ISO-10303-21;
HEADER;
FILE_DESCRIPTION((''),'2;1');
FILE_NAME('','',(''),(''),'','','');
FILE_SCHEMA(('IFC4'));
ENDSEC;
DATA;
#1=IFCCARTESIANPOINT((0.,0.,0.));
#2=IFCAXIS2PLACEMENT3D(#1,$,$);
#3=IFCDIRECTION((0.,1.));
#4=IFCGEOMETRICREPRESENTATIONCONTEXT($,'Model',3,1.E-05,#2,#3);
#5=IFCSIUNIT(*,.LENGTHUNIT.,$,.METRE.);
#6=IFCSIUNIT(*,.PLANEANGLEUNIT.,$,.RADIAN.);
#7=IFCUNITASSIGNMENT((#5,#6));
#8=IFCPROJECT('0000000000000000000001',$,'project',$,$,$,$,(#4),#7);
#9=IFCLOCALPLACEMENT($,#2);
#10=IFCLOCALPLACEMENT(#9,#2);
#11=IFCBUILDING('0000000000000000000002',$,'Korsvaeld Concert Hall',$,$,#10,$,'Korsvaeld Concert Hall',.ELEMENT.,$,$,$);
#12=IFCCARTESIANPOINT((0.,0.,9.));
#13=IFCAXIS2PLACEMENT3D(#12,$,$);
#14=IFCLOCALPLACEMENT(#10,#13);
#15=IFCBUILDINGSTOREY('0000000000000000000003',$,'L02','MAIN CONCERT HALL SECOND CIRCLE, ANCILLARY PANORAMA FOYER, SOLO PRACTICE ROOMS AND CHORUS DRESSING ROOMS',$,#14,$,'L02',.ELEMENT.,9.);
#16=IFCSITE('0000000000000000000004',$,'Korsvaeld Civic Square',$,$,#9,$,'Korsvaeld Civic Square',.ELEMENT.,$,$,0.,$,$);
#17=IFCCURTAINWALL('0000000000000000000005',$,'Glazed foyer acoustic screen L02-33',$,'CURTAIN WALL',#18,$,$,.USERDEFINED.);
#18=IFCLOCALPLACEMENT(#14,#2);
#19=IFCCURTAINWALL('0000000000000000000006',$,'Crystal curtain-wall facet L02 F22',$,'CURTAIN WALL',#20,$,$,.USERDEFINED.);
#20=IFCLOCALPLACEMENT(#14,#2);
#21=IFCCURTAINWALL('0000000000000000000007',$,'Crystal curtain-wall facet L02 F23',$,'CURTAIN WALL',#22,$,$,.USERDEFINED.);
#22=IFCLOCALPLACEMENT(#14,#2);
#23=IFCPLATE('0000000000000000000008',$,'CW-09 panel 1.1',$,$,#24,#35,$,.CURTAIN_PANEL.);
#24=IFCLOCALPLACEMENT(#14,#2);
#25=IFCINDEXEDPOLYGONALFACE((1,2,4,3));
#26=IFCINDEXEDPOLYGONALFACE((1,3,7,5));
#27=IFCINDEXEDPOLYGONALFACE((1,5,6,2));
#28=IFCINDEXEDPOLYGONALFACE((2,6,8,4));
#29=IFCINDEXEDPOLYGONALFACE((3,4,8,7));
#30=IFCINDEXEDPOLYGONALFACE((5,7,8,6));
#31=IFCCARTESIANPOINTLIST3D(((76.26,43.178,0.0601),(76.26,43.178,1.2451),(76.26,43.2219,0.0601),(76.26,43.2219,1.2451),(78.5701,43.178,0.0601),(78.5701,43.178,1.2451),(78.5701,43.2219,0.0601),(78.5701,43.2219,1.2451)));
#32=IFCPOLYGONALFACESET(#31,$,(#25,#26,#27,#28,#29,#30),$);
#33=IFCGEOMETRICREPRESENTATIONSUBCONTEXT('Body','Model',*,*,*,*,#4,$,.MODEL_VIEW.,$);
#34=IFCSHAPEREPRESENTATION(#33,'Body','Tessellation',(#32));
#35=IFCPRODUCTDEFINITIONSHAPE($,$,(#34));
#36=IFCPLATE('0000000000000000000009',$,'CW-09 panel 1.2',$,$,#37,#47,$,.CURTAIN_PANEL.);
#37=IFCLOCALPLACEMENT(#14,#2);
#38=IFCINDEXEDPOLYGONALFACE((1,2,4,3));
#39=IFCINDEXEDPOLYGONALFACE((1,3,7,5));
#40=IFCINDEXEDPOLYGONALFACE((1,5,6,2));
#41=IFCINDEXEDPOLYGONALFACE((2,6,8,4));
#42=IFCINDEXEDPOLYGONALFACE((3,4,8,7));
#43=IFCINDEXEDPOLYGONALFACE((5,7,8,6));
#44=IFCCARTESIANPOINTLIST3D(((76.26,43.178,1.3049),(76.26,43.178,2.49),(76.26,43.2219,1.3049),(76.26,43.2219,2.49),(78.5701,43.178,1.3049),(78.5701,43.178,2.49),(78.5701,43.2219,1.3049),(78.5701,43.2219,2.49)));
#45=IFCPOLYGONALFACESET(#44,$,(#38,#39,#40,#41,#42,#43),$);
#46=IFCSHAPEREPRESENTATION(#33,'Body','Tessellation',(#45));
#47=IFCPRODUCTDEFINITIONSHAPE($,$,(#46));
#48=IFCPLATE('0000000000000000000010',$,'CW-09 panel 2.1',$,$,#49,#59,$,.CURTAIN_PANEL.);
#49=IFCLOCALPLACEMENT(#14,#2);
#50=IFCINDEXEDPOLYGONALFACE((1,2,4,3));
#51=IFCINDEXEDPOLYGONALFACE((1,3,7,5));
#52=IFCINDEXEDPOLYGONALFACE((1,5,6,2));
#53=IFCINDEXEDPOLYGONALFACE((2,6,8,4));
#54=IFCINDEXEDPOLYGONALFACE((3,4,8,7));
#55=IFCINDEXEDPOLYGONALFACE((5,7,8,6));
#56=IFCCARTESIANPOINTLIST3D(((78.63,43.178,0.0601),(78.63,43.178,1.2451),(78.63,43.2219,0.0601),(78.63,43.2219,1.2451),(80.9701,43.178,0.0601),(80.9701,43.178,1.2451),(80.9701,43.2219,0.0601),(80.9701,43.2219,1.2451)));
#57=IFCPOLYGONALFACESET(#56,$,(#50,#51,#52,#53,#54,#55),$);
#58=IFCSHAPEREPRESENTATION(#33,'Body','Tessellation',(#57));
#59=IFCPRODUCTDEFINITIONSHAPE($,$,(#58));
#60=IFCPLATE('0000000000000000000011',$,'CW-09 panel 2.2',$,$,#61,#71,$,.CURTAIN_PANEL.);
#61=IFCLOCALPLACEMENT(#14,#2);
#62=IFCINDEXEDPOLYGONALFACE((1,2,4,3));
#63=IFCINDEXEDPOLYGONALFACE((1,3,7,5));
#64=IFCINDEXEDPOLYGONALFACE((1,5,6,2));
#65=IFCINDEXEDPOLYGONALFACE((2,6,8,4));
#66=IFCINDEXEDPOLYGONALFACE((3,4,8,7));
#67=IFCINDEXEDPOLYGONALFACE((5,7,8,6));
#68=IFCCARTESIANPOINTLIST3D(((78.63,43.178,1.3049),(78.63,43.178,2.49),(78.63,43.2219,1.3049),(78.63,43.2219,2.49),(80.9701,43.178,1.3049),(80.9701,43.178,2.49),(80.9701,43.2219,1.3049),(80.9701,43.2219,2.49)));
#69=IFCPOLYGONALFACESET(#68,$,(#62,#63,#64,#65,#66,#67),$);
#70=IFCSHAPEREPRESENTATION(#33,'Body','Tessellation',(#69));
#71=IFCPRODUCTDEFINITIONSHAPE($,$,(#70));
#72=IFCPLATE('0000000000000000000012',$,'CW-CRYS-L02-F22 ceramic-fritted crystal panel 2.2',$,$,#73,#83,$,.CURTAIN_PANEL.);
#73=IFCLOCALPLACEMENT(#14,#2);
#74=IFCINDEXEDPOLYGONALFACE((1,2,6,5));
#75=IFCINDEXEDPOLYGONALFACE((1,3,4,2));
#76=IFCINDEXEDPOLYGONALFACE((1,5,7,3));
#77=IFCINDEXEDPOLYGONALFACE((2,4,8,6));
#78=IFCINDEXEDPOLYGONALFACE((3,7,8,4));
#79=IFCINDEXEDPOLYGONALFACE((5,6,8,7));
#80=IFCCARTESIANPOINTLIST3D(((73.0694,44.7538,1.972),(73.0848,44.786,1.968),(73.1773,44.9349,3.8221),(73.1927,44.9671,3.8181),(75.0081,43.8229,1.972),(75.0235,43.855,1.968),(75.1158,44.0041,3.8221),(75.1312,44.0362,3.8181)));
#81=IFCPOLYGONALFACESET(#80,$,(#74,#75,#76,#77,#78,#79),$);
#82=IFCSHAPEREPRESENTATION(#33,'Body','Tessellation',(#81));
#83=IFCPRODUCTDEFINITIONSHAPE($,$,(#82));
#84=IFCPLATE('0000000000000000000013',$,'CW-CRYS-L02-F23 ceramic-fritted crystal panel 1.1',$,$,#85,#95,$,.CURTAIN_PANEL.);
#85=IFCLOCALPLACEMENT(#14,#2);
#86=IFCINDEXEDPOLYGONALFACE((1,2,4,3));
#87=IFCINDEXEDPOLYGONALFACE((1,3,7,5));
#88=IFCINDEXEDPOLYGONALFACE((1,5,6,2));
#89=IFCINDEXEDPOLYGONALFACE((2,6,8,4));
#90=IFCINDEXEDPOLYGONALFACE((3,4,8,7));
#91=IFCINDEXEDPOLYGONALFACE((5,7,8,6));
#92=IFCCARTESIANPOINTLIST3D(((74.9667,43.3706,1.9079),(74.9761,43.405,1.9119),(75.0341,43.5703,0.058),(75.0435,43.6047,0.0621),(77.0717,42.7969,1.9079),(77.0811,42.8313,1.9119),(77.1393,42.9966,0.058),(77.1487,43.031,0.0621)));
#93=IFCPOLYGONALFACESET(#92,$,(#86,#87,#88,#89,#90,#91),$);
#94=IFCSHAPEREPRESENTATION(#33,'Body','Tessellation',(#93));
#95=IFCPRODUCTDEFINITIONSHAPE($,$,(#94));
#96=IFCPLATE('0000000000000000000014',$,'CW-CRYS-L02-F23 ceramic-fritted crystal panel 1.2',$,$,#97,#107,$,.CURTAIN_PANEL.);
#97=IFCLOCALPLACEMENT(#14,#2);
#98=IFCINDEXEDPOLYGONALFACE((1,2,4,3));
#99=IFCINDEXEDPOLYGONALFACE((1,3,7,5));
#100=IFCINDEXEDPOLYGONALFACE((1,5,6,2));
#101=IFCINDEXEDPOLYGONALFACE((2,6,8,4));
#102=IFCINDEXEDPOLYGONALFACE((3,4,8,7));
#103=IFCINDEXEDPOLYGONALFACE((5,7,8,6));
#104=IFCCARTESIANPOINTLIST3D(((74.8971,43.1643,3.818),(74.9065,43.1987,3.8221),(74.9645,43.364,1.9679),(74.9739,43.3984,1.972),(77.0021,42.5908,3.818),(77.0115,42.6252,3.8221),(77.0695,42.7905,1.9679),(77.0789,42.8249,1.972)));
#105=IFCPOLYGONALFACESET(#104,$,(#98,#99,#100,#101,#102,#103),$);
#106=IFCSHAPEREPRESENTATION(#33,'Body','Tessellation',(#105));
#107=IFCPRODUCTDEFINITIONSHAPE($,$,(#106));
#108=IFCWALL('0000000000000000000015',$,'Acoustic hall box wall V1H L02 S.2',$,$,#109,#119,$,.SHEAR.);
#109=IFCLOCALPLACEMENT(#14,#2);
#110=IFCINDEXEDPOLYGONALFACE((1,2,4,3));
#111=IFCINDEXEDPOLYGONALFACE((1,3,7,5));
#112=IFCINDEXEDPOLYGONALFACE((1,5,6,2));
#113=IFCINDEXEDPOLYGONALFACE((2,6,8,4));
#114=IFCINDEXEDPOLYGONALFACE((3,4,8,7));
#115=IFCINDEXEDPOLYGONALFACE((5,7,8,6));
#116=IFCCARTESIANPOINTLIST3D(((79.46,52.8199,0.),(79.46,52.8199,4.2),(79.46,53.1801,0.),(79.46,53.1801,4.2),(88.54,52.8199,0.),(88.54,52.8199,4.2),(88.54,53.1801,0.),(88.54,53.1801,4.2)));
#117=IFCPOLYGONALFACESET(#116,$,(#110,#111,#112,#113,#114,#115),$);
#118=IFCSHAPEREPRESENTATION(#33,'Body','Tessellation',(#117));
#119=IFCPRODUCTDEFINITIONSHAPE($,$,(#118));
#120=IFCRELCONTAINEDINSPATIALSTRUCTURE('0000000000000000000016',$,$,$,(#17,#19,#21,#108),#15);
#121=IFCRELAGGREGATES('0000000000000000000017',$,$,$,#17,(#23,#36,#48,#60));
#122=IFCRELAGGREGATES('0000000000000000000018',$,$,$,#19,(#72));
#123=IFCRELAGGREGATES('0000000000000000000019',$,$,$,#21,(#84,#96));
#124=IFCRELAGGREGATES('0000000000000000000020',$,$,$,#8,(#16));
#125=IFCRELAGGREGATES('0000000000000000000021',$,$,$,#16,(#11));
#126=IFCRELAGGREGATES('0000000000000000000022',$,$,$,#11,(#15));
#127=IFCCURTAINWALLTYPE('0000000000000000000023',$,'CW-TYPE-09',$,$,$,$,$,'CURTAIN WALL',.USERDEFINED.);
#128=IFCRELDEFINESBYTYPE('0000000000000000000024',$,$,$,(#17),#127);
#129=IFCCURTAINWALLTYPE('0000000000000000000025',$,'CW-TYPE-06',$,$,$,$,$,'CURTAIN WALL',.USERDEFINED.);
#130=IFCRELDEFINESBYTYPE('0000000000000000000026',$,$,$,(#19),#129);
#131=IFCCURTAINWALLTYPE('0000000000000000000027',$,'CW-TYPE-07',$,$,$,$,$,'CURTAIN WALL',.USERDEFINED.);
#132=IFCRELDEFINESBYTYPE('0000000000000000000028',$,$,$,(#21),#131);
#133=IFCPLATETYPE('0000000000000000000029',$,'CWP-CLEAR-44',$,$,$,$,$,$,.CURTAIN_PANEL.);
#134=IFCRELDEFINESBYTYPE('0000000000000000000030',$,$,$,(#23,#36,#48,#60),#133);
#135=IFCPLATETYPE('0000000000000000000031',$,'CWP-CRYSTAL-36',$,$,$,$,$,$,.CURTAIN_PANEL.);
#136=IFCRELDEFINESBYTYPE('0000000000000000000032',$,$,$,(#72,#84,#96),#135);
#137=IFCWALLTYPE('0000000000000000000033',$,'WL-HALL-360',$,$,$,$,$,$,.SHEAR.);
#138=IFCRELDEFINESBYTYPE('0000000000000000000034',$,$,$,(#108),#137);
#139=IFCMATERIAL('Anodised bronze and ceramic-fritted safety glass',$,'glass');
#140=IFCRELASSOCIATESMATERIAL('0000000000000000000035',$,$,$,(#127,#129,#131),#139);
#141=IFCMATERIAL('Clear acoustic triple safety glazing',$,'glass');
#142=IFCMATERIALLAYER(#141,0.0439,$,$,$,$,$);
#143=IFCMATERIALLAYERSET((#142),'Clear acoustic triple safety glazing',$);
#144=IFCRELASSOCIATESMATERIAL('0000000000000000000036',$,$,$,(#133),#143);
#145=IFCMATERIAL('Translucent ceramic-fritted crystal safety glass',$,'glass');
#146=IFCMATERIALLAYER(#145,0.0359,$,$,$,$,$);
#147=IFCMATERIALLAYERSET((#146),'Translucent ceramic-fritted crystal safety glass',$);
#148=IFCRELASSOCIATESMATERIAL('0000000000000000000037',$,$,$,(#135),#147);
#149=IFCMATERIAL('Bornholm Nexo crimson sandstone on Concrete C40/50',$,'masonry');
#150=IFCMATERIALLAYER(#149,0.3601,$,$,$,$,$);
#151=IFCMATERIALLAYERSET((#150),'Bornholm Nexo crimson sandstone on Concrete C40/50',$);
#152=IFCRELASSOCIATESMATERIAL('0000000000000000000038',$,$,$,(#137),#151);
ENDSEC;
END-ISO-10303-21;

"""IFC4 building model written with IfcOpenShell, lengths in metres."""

from ifc_helpers import new_model, si_unit, direction, frame, frame_2d, origin, origin_2d, place, context, subcontext, project, spatial, polyline, rectangle, outline, extrude, material, layer, layer_set, type_object, element, aggregate, save


model = new_model("IFC4")

# Units and contexts
model_context = context("Model", 3, precision=1e-05, world=origin(), true_north=direction((0.0, 1.0)))
body_context = subcontext(model_context, "Body", "Model", "MODEL_VIEW")
ifc_project = project(units=[si_unit("LENGTHUNIT", "METRE"), si_unit("PLANEANGLEUNIT", "RADIAN")], contexts=[model_context])

# Site, building, storey
site_placement = place(None, origin())
site = spatial("IfcSite", under=ifc_project, at=site_placement, Name="Korsvaeld Civic Square", LongName="Korsvaeld Civic Square", CompositionType="ELEMENT", RefElevation=0.0)
building_placement = place(site_placement, origin())
building = spatial("IfcBuilding", under=site, at=building_placement, Name="Korsvaeld Concert Hall", LongName="Korsvaeld Concert Hall", CompositionType="ELEMENT")
storey_placement = place(building_placement, frame((0.0, 0.0, 9.0)))
storey = spatial("IfcBuildingStorey", under=building, at=storey_placement, Name="L02", Description="MAIN CONCERT HALL SECOND CIRCLE, ANCILLARY PANORAMA FOYER, SOLO PRACTICE ROOMS AND CHORUS DRESSING ROOMS", LongName="L02", CompositionType="ELEMENT", Elevation=9.0)

# Shared definitions
ifc_material_1 = material(Name="Anodised bronze and ceramic-fritted safety glass", Category="glass")

# Curtain wall
curtain_wall_type_1 = type_object("IfcCurtainWallType", Name="CW-TYPE-09", ElementType="CURTAIN WALL", PredefinedType="USERDEFINED", material=ifc_material_1)
curtain_wall_1_placement = place(storey_placement, origin())
curtain_wall_1 = element("IfcCurtainWall", 1, at=curtain_wall_1_placement, inside=storey, type_object=curtain_wall_type_1, Name="Glazed foyer acoustic screen L02-33", ObjectType="CURTAIN WALL", PredefinedType="USERDEFINED")

# Curtain walls
curtain_wall_type_2 = type_object("IfcCurtainWallType", Name="CW-TYPE-06", ElementType="CURTAIN WALL", PredefinedType="USERDEFINED", material=ifc_material_1)
curtain_wall_2_placement = place(storey_placement, origin())
curtain_wall_2 = element("IfcCurtainWall", 2, at=curtain_wall_2_placement, inside=storey, type_object=curtain_wall_type_2, Name="Crystal curtain-wall facet L02 F22", ObjectType="CURTAIN WALL", PredefinedType="USERDEFINED")
curtain_wall_type_3 = type_object("IfcCurtainWallType", Name="CW-TYPE-07", ElementType="CURTAIN WALL", PredefinedType="USERDEFINED", material=ifc_material_1)
curtain_wall_3_placement = place(storey_placement, origin())
curtain_wall_3 = element("IfcCurtainWall", 3, at=curtain_wall_3_placement, inside=storey, type_object=curtain_wall_type_3, Name="Crystal curtain-wall facet L02 F23", ObjectType="CURTAIN WALL", PredefinedType="USERDEFINED")

# Plates
ifc_material_2 = material(Name="Clear acoustic triple safety glazing", Category="glass")
ifc_layer_1 = layer(ifc_material_2, 0.0439)
ifc_layer_set_1 = layer_set([ifc_layer_1], Name="Clear acoustic triple safety glazing")
plate_type_1 = type_object("IfcPlateType", Name="CWP-CLEAR-44", PredefinedType="CURTAIN_PANEL", material=ifc_layer_set_1)
plate_1_placement = place(storey_placement, frame((77.415, 43.2, 0.0601), z_axis=(0.0, 0.0, 1.0), x_axis=(1.0, 0.0, 0.0)))
plate_1 = element("IfcPlate", 4, at=plate_1_placement, type_object=plate_type_1, Name="CW-09 panel 1.1", PredefinedType="CURTAIN_PANEL", context=body_context, shape_type="SweptSolid", body=[
    extrude(rectangle(XDim=2.3101, YDim=0.0439, at=origin_2d()), origin(), (0.0, 0.0, 1.0), 1.1851),
])
plate_2_placement = place(storey_placement, frame((77.415, 43.2, 1.3049), z_axis=(0.0, 0.0, 1.0), x_axis=(1.0, 0.0, 0.0)))
plate_2 = element("IfcPlate", 5, at=plate_2_placement, type_object=plate_type_1, Name="CW-09 panel 1.2", PredefinedType="CURTAIN_PANEL", context=body_context, shape_type="SweptSolid", body=[
    extrude(rectangle(XDim=2.3101, YDim=0.0439, at=origin_2d()), origin(), (0.0, 0.0, 1.0), 1.1851),
])
plate_3_placement = place(storey_placement, frame((79.8, 43.2, 0.0601), z_axis=(0.0, 0.0, 1.0), x_axis=(1.0, 0.0, 0.0)))
plate_3 = element("IfcPlate", 6, at=plate_3_placement, type_object=plate_type_1, Name="CW-09 panel 2.1", PredefinedType="CURTAIN_PANEL", context=body_context, shape_type="SweptSolid", body=[
    extrude(rectangle(XDim=2.3401, YDim=0.0439, at=origin_2d()), origin(), (0.0, 0.0, 1.0), 1.1851),
])
plate_4_placement = place(storey_placement, frame((79.8, 43.2, 1.3049), z_axis=(0.0, 0.0, 1.0), x_axis=(1.0, 0.0, 0.0)))
plate_4 = element("IfcPlate", 7, at=plate_4_placement, type_object=plate_type_1, Name="CW-09 panel 2.2", PredefinedType="CURTAIN_PANEL", context=body_context, shape_type="SweptSolid", body=[
    extrude(rectangle(XDim=2.3401, YDim=0.0439, at=origin_2d()), origin(), (0.0, 0.0, 1.0), 1.1851),
])
aggregate(curtain_wall_1, [plate_1, plate_2, plate_3, plate_4])
ifc_material_3 = material(Name="Translucent ceramic-fritted crystal safety glass", Category="glass")
ifc_layer_2 = layer(ifc_material_3, 0.0359)
ifc_layer_set_2 = layer_set([ifc_layer_2], Name="Translucent ceramic-fritted crystal safety glass")
plate_type_2 = type_object("IfcPlateType", Name="CWP-CRYSTAL-36", PredefinedType="CURTAIN_PANEL", material=ifc_layer_set_2)
plate_5_placement = place(storey_placement, frame((73.0771, 44.77, 1.97), z_axis=(-0.430114, -0.895705, 0.112762), x_axis=(0.901454, -0.432875, 0.000003)))
plate_5 = element("IfcPlate", 8, at=plate_5_placement, type_object=plate_type_2, Name="CW-CRYS-L02-F22 ceramic-fritted crystal panel 2.2", PredefinedType="CURTAIN_PANEL", context=body_context, shape_type="SweptSolid", body=[
    extrude(outline(polyline([(0.0, 0.0), (2.1506, 0.0), (2.1693, 1.862), (0.0189, 1.862), (0.0, 0.0)])), frame((0.0, 0.0, 0.0181)), (0.0, 0.0, -1.0), 0.0359),
])
aggregate(curtain_wall_2, [plate_5])
plate_6_placement = place(storey_placement, frame((75.0388, 43.5876, 0.0601), z_axis=(-0.261267, -0.958627, -0.113026), x_axis=(0.964809, -0.262952, -0.000002)))
plate_6 = element("IfcPlate", 9, at=plate_6_placement, type_object=plate_type_2, Name="CW-CRYS-L02-F23 ceramic-fritted crystal panel 1.1", PredefinedType="CURTAIN_PANEL", context=body_context, shape_type="SweptSolid", body=[
    extrude(outline(polyline([(0.0, 0.0), (2.182, 0.0), (2.1693, 1.8618), (-0.0125, 1.8618), (0.0, 0.0)])), frame((0.0, 0.0, 0.0181)), (0.0, 0.0, -1.0), 0.0359),
])
plate_7_placement = place(storey_placement, frame((74.9692, 43.3813, 1.97), z_axis=(-0.261178, -0.958654, -0.112993), x_axis=(0.964834, -0.262862, 0.0)))
plate_7 = element("IfcPlate", 10, at=plate_7_placement, type_object=plate_type_2, Name="CW-CRYS-L02-F23 ceramic-fritted crystal panel 1.2", PredefinedType="CURTAIN_PANEL", context=body_context, shape_type="SweptSolid", body=[
    extrude(outline(polyline([(0.0, 0.0), (2.1817, 0.0), (2.1692, 1.862), (-0.0125, 1.862), (0.0, 0.0)])), frame((0.0, 0.0, 0.0181)), (0.0, 0.0, -1.0), 0.0359),
])
aggregate(curtain_wall_3, [plate_6, plate_7])

# Wall
ifc_material_4 = material(Name="Bornholm Nexo crimson sandstone on Concrete C40/50", Category="masonry")
ifc_layer_3 = layer(ifc_material_4, 0.3601)
ifc_layer_set_3 = layer_set([ifc_layer_3], Name="Bornholm Nexo crimson sandstone on Concrete C40/50")
wall_type = type_object("IfcWallType", Name="WL-HALL-360", PredefinedType="SHEAR", material=ifc_layer_set_3)
wall_placement = place(storey_placement, frame((79.46, 53.0, 0.0), z_axis=(0.0, 0.0, 1.0), x_axis=(1.0, 0.0, 0.0)))
element("IfcWall", 11, at=wall_placement, inside=storey, type_object=wall_type, Name="Acoustic hall box wall V1H L02 S.2", PredefinedType="SHEAR", context=body_context, shape_type="SweptSolid", body=[
    extrude(rectangle(XDim=9.0801, YDim=0.3601, at=frame_2d((4.54, 0.0))), origin(), (0.0, 0.0, 1.0), 4.2),
])

save(model, "model.ifc")
